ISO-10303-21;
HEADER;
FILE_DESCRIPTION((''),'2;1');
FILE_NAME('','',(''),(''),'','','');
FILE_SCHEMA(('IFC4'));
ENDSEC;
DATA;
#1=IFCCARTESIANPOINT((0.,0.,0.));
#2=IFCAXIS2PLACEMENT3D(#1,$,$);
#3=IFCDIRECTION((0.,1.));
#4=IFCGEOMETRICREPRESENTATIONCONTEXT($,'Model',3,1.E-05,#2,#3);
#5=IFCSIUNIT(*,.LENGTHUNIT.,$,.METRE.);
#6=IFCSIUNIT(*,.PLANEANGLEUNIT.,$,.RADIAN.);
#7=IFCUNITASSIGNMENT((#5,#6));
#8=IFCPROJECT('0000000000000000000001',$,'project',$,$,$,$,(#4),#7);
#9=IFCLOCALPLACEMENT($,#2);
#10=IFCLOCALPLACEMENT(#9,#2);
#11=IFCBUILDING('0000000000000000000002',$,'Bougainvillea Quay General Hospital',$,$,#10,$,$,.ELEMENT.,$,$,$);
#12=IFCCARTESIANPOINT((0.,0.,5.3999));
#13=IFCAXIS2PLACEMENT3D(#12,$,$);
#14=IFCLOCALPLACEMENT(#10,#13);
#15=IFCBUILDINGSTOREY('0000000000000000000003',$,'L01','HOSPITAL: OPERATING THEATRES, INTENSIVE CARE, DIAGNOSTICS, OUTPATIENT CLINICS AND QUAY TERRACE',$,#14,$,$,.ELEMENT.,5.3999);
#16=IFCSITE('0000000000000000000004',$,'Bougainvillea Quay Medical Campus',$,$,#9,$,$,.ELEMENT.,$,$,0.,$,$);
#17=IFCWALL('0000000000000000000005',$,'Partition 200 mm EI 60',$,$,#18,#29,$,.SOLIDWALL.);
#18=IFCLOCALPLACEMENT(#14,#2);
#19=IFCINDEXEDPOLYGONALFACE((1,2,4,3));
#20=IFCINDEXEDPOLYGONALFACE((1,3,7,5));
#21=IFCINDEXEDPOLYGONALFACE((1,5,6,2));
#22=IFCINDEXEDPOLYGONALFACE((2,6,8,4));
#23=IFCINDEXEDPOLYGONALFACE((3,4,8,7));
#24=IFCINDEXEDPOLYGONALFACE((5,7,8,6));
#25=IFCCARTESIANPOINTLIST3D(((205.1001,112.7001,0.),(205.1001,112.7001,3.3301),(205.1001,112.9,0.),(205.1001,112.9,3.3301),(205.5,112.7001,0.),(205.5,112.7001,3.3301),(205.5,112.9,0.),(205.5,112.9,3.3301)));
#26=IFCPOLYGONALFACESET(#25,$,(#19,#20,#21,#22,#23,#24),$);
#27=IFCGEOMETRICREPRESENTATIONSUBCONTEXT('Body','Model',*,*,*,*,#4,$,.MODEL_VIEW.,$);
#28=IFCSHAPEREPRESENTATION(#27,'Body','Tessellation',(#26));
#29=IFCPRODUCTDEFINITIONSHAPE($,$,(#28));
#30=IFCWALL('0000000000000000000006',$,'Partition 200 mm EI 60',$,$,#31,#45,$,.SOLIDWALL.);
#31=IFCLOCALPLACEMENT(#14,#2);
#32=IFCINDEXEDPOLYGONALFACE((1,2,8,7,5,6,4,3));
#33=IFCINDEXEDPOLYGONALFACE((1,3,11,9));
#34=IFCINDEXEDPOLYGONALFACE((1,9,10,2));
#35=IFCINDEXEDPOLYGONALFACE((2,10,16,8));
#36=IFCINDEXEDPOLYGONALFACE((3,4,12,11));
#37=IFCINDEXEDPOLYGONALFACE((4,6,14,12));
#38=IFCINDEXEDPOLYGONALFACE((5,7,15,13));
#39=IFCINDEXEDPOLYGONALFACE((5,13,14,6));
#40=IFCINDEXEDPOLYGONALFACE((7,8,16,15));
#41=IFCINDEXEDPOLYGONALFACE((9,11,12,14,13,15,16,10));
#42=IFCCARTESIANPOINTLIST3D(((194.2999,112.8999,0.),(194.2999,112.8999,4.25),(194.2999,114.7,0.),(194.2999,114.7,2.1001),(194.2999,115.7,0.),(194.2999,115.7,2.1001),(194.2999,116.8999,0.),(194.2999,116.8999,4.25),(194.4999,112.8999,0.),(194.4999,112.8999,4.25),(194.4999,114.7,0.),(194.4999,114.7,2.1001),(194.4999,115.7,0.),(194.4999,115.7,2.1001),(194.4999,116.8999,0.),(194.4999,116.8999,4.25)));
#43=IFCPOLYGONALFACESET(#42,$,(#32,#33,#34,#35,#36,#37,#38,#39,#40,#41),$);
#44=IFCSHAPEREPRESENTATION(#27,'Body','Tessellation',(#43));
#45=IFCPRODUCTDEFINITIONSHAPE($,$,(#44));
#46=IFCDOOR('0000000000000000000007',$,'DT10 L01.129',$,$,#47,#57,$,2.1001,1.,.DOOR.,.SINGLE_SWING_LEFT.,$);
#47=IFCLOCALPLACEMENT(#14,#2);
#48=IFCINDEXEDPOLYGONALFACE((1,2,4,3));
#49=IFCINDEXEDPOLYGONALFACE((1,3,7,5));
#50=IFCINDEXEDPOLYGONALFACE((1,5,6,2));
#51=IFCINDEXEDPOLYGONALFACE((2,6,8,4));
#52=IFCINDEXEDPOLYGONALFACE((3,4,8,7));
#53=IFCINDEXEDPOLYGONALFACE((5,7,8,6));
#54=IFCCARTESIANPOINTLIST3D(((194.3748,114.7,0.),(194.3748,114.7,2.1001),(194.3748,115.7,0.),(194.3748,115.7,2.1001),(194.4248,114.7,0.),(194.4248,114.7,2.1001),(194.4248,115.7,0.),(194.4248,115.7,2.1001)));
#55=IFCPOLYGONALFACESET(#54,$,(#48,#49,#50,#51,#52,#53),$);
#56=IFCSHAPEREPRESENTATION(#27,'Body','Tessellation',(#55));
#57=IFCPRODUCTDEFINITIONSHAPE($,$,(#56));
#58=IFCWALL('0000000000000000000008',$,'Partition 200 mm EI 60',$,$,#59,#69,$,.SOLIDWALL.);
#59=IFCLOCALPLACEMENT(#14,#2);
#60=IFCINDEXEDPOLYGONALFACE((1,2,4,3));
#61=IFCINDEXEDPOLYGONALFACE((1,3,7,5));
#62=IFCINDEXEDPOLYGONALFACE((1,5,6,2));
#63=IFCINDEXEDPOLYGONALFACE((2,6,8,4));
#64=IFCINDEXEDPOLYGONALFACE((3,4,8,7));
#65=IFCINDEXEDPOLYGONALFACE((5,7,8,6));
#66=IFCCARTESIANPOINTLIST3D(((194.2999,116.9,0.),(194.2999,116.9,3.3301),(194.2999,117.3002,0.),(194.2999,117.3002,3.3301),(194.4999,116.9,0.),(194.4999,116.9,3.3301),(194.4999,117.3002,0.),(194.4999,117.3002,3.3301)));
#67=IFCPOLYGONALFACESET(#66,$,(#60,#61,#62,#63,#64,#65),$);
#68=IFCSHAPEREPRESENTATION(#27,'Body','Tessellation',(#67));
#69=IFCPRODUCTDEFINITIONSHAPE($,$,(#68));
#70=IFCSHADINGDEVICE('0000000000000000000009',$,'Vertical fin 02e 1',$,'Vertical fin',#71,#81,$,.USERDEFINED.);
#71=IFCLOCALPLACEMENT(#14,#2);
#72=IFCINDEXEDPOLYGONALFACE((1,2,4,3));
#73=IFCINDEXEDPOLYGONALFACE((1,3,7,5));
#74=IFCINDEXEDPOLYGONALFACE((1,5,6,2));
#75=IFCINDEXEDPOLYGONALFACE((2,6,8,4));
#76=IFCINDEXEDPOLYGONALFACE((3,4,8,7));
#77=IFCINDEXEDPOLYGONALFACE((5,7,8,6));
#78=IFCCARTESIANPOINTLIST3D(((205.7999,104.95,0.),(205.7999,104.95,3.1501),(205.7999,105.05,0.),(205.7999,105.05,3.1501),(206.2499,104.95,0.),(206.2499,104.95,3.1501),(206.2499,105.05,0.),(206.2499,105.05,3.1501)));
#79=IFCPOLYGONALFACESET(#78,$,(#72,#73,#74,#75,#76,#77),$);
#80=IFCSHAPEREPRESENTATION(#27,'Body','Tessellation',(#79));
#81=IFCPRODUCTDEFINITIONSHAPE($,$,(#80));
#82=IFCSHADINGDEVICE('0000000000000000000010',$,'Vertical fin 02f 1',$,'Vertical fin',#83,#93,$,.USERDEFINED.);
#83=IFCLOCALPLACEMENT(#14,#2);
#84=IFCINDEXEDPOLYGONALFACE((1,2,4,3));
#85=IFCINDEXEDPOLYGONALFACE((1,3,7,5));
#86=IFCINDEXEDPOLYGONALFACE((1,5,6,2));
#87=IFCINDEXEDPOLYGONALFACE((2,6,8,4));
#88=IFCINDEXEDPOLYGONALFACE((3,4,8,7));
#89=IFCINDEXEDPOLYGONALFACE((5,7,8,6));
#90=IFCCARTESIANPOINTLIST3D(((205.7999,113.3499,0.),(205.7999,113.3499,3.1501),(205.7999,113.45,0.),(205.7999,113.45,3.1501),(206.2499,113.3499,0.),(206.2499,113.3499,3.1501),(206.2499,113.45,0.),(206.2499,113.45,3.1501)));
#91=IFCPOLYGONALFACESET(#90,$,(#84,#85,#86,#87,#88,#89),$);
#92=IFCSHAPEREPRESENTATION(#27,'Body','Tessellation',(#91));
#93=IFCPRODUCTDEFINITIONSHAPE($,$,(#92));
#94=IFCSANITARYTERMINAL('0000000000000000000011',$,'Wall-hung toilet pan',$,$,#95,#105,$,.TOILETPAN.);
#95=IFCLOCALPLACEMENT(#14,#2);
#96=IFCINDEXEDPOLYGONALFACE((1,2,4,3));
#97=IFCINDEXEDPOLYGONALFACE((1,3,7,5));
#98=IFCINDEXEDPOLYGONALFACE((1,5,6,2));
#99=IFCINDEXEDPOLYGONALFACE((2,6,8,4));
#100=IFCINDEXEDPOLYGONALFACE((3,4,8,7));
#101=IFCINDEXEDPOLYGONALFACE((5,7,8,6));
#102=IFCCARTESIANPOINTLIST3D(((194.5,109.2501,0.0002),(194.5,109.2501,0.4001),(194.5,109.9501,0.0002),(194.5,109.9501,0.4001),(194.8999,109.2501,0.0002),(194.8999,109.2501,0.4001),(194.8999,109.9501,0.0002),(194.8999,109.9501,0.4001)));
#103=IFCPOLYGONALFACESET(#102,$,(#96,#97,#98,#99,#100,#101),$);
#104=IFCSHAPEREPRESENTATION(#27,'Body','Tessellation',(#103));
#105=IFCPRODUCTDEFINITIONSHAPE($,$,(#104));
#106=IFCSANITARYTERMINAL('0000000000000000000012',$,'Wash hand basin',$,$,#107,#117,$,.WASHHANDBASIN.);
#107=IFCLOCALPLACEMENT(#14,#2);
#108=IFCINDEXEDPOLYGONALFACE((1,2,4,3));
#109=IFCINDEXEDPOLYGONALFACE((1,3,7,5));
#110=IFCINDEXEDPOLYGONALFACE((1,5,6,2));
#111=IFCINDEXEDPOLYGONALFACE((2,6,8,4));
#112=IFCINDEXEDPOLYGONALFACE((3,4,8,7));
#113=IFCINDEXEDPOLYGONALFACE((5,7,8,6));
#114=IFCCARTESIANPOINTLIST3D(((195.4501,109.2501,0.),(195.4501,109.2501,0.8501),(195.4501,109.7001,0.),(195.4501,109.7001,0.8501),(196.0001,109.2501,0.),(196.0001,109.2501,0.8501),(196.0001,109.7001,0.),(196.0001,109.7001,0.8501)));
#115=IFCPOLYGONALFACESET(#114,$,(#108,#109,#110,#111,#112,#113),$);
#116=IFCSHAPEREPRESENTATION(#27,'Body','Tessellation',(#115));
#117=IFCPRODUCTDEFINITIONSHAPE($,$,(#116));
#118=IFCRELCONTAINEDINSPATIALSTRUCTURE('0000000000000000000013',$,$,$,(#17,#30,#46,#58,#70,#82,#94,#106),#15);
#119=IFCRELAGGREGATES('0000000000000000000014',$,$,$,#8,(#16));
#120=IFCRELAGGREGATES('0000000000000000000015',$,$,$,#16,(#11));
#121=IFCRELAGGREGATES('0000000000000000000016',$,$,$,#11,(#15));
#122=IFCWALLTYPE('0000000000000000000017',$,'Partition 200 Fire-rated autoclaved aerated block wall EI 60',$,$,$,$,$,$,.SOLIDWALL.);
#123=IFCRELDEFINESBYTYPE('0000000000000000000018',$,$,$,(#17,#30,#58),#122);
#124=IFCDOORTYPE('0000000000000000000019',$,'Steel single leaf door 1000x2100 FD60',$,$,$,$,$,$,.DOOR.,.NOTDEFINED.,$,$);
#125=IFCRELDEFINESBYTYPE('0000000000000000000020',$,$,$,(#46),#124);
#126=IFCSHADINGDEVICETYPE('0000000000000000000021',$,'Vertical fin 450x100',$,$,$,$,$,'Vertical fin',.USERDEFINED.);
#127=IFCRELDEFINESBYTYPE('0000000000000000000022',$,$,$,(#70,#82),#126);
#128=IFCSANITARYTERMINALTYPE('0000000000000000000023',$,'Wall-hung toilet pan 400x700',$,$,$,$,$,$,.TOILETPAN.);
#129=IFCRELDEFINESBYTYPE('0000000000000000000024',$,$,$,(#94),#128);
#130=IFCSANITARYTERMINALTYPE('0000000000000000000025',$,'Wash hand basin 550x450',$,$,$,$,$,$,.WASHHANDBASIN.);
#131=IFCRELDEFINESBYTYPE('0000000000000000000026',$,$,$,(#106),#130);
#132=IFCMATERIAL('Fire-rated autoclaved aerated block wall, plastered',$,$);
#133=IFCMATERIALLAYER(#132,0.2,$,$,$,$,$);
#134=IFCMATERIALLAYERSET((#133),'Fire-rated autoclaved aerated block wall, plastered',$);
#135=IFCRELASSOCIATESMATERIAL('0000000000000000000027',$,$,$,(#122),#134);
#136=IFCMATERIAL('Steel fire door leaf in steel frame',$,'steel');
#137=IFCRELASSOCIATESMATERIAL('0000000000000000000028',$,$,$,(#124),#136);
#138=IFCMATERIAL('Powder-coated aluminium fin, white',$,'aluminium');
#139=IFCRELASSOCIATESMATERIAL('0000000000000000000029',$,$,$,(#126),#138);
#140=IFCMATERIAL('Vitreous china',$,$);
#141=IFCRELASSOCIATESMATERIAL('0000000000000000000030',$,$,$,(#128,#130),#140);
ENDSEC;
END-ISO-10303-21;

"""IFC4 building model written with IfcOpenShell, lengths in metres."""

from ifc_helpers import new_model, si_unit, direction, frame, frame_2d, origin, origin_2d, place, context, subcontext, project, spatial, rectangle, extrude, material, layer, layer_set, material_profile, profile_set, type_object, element, fill, save


model = new_model("IFC4")

# Units and contexts
model_context = context("Model", 3, precision=1e-05, world=origin(), true_north=direction((0.0, 1.0)))
body_context = subcontext(model_context, "Body", "Model", "MODEL_VIEW")
ifc_project = project(units=[si_unit("LENGTHUNIT", "METRE"), si_unit("PLANEANGLEUNIT", "RADIAN")], contexts=[model_context])

# Site, building, storey
site_placement = place(None, origin())
site = spatial("IfcSite", under=ifc_project, at=site_placement, Name="Bougainvillea Quay Medical Campus", CompositionType="ELEMENT", RefElevation=0.0)
building_placement = place(site_placement, origin())
building = spatial("IfcBuilding", under=site, at=building_placement, Name="Bougainvillea Quay General Hospital", CompositionType="ELEMENT")
storey_placement = place(building_placement, frame((0.0, 0.0, 5.3999)))
storey = spatial("IfcBuildingStorey", under=building, at=storey_placement, Name="L01", Description="HOSPITAL: OPERATING THEATRES, INTENSIVE CARE, DIAGNOSTICS, OUTPATIENT CLINICS AND QUAY TERRACE", CompositionType="ELEMENT", Elevation=5.3999)

# Wall
ifc_material_1 = material(Name="Fire-rated autoclaved aerated block wall, plastered")
ifc_layer_1 = layer(ifc_material_1, 0.2)
ifc_layer_set_1 = layer_set([ifc_layer_1], Name="Fire-rated autoclaved aerated block wall, plastered")
wall_type_1 = type_object("IfcWallType", Name="Partition 200 Fire-rated autoclaved aerated block wall EI 60", PredefinedType="SOLIDWALL", material=ifc_layer_set_1)
wall_1_placement = place(storey_placement, frame((205.1001, 112.8, 0.0), z_axis=(0.0, 0.0, 1.0), x_axis=(1.0, 0.0, 0.0)))
element("IfcWall", 1, at=wall_1_placement, inside=storey, type_object=wall_type_1, Name="Partition 200 mm EI 60", PredefinedType="SOLIDWALL", context=body_context, shape_type="SweptSolid", body=[
    extrude(rectangle(XDim=0.3999, YDim=0.2, at=frame_2d((0.2, 0.0))), origin(), (0.0, 0.0, 1.0), 3.3301),
])

# Wall, opening, door
wall_2_placement = place(storey_placement, frame((194.3999, 112.8999, 0.0), z_axis=(0.0, 0.0, 1.0), x_axis=(0.0, 1.0, 0.0)))
wall_2 = element("IfcWall", 2, at=wall_2_placement, inside=storey, type_object=wall_type_1, Name="Partition 200 mm EI 60", PredefinedType="SOLIDWALL", context=body_context, shape_type="SweptSolid", body=[
    extrude(rectangle(XDim=4.0, YDim=0.2, at=frame_2d((2.0, 0.0))), origin(), (0.0, 0.0, 1.0), 4.25),
])
opening_1_placement = place(wall_2_placement, frame((1.8, 0.0, 0.0)))
opening_1 = element("IfcOpeningElement", 3, at=opening_1_placement, cuts=wall_2, PredefinedType="OPENING", context=body_context, shape_type="SweptSolid", body=[
    extrude(rectangle(XDim=1.0, YDim=2.1001, at=frame_2d((0.5, 1.05))), frame((0.0, 0.1099, 0.0), z_axis=(0.0, -1.0, 0.0), x_axis=(1.0, 0.0, 0.0)), (0.0, 0.0, 1.0), 0.22),
])
ifc_material_2 = material(Name="Steel fire door leaf in steel frame", Category="steel")
door_type_1 = type_object("IfcDoorType", Name="Steel single leaf door 1000x2100 FD60", OperationType="NOTDEFINED", PredefinedType="DOOR", material=ifc_material_2)
door_1_placement = place(opening_1_placement, frame((1.0, 0.0, 0.0), z_axis=(0.0, 0.0, 1.0), x_axis=(-1.0, 0.0, 0.0)))
door_1 = element("IfcDoor", 4, at=door_1_placement, inside=storey, type_object=door_type_1, Name="DT10 L01.129", OperationType="SINGLE_SWING_LEFT", OverallHeight=2.1001, OverallWidth=1.0, PredefinedType="DOOR", context=body_context, shape_type="SweptSolid", body=[
    extrude(rectangle(XDim=1.0, YDim=2.1001, at=frame_2d((0.5, 1.05))), frame((0.0, 0.0249, 0.0), z_axis=(0.0, -1.0, 0.0), x_axis=(1.0, 0.0, 0.0)), (0.0, 0.0, 1.0), 0.05),
])
fill(opening_1, door_1)

# Wall
wall_3_placement = place(storey_placement, frame((194.3999, 116.8999, 0.0), z_axis=(0.0, 0.0, 1.0), x_axis=(0.0, 1.0, 0.0)))
element("IfcWall", 5, at=wall_3_placement, inside=storey, type_object=wall_type_1, Name="Partition 200 mm EI 60", PredefinedType="SOLIDWALL", context=body_context, shape_type="SweptSolid", body=[
    extrude(rectangle(XDim=0.4001, YDim=0.2, at=frame_2d((0.2002, 0.0))), origin(), (0.0, 0.0, 1.0), 3.3301),
])

# Shading devices
ifc_material_3 = material(Name="Powder-coated aluminium fin, white", Category="aluminium")
ifc_material_profile_1 = material_profile(ifc_material_3, rectangle(XDim=0.45, YDim=0.1001, at=origin_2d()))
ifc_profile_set_1 = profile_set([ifc_material_profile_1], Name="Powder-coated aluminium fin, white")
shading_device_type = type_object("IfcShadingDeviceType", Name="Vertical fin 450x100", ElementType="Vertical fin", PredefinedType="USERDEFINED", material=ifc_profile_set_1)
for number, where, z_axis, x_axis, name in (
    (6, (206.0249, 105.0, 0.0), (0.0, 0.0, 1.0), (1.0, 0.0, 0.0), "Vertical fin 02e 1"),
    (7, (206.0249, 113.3999, 0.0), (0.0, 0.0, 1.0), (1.0, 0.0, 0.0), "Vertical fin 02f 1"),
):
    element("IfcShadingDevice", number, at=place(storey_placement, frame(where, z_axis=z_axis, x_axis=x_axis)), inside=storey, type_object=shading_device_type, Name=name, ObjectType="Vertical fin", PredefinedType="USERDEFINED", context=body_context, shape_type="SweptSolid", body=[
        extrude(rectangle(XDim=0.45, YDim=0.1001, at=origin_2d()), origin(), (0.0, 0.0, 1.0), 3.1501),
    ])

# Sanitary terminals
ifc_material_4 = material(Name="Vitreous china")
sanitary_terminal_type_1 = type_object("IfcSanitaryTerminalType", Name="Wall-hung toilet pan 400x700", PredefinedType="TOILETPAN", material=ifc_material_4)
sanitary_terminal_1_placement = place(storey_placement, frame((194.7, 109.6001, 0.0002), z_axis=(0.0, 0.0, 1.0), x_axis=(-1.0, 0.0, 0.0)))
element("IfcSanitaryTerminal", 8, at=sanitary_terminal_1_placement, inside=storey, type_object=sanitary_terminal_type_1, Name="Wall-hung toilet pan", PredefinedType="TOILETPAN", context=body_context, shape_type="SweptSolid", body=[
    extrude(rectangle(XDim=0.3999, YDim=0.7, at=origin_2d()), origin(), (0.0, 0.0, 1.0), 0.3999),
])
sanitary_terminal_type_2 = type_object("IfcSanitaryTerminalType", Name="Wash hand basin 550x450", PredefinedType="WASHHANDBASIN", material=ifc_material_4)
sanitary_terminal_2_placement = place(storey_placement, frame((195.7251, 109.4751, 0.0), z_axis=(0.0, 0.0, 1.0), x_axis=(-1.0, 0.0, 0.0)))
element("IfcSanitaryTerminal", 9, at=sanitary_terminal_2_placement, inside=storey, type_object=sanitary_terminal_type_2, Name="Wash hand basin", PredefinedType="WASHHANDBASIN", context=body_context, shape_type="SweptSolid", body=[
    extrude(rectangle(XDim=0.55, YDim=0.45, at=origin_2d()), origin(), (0.0, 0.0, 1.0), 0.8501),
])

save(model, "model.ifc")
